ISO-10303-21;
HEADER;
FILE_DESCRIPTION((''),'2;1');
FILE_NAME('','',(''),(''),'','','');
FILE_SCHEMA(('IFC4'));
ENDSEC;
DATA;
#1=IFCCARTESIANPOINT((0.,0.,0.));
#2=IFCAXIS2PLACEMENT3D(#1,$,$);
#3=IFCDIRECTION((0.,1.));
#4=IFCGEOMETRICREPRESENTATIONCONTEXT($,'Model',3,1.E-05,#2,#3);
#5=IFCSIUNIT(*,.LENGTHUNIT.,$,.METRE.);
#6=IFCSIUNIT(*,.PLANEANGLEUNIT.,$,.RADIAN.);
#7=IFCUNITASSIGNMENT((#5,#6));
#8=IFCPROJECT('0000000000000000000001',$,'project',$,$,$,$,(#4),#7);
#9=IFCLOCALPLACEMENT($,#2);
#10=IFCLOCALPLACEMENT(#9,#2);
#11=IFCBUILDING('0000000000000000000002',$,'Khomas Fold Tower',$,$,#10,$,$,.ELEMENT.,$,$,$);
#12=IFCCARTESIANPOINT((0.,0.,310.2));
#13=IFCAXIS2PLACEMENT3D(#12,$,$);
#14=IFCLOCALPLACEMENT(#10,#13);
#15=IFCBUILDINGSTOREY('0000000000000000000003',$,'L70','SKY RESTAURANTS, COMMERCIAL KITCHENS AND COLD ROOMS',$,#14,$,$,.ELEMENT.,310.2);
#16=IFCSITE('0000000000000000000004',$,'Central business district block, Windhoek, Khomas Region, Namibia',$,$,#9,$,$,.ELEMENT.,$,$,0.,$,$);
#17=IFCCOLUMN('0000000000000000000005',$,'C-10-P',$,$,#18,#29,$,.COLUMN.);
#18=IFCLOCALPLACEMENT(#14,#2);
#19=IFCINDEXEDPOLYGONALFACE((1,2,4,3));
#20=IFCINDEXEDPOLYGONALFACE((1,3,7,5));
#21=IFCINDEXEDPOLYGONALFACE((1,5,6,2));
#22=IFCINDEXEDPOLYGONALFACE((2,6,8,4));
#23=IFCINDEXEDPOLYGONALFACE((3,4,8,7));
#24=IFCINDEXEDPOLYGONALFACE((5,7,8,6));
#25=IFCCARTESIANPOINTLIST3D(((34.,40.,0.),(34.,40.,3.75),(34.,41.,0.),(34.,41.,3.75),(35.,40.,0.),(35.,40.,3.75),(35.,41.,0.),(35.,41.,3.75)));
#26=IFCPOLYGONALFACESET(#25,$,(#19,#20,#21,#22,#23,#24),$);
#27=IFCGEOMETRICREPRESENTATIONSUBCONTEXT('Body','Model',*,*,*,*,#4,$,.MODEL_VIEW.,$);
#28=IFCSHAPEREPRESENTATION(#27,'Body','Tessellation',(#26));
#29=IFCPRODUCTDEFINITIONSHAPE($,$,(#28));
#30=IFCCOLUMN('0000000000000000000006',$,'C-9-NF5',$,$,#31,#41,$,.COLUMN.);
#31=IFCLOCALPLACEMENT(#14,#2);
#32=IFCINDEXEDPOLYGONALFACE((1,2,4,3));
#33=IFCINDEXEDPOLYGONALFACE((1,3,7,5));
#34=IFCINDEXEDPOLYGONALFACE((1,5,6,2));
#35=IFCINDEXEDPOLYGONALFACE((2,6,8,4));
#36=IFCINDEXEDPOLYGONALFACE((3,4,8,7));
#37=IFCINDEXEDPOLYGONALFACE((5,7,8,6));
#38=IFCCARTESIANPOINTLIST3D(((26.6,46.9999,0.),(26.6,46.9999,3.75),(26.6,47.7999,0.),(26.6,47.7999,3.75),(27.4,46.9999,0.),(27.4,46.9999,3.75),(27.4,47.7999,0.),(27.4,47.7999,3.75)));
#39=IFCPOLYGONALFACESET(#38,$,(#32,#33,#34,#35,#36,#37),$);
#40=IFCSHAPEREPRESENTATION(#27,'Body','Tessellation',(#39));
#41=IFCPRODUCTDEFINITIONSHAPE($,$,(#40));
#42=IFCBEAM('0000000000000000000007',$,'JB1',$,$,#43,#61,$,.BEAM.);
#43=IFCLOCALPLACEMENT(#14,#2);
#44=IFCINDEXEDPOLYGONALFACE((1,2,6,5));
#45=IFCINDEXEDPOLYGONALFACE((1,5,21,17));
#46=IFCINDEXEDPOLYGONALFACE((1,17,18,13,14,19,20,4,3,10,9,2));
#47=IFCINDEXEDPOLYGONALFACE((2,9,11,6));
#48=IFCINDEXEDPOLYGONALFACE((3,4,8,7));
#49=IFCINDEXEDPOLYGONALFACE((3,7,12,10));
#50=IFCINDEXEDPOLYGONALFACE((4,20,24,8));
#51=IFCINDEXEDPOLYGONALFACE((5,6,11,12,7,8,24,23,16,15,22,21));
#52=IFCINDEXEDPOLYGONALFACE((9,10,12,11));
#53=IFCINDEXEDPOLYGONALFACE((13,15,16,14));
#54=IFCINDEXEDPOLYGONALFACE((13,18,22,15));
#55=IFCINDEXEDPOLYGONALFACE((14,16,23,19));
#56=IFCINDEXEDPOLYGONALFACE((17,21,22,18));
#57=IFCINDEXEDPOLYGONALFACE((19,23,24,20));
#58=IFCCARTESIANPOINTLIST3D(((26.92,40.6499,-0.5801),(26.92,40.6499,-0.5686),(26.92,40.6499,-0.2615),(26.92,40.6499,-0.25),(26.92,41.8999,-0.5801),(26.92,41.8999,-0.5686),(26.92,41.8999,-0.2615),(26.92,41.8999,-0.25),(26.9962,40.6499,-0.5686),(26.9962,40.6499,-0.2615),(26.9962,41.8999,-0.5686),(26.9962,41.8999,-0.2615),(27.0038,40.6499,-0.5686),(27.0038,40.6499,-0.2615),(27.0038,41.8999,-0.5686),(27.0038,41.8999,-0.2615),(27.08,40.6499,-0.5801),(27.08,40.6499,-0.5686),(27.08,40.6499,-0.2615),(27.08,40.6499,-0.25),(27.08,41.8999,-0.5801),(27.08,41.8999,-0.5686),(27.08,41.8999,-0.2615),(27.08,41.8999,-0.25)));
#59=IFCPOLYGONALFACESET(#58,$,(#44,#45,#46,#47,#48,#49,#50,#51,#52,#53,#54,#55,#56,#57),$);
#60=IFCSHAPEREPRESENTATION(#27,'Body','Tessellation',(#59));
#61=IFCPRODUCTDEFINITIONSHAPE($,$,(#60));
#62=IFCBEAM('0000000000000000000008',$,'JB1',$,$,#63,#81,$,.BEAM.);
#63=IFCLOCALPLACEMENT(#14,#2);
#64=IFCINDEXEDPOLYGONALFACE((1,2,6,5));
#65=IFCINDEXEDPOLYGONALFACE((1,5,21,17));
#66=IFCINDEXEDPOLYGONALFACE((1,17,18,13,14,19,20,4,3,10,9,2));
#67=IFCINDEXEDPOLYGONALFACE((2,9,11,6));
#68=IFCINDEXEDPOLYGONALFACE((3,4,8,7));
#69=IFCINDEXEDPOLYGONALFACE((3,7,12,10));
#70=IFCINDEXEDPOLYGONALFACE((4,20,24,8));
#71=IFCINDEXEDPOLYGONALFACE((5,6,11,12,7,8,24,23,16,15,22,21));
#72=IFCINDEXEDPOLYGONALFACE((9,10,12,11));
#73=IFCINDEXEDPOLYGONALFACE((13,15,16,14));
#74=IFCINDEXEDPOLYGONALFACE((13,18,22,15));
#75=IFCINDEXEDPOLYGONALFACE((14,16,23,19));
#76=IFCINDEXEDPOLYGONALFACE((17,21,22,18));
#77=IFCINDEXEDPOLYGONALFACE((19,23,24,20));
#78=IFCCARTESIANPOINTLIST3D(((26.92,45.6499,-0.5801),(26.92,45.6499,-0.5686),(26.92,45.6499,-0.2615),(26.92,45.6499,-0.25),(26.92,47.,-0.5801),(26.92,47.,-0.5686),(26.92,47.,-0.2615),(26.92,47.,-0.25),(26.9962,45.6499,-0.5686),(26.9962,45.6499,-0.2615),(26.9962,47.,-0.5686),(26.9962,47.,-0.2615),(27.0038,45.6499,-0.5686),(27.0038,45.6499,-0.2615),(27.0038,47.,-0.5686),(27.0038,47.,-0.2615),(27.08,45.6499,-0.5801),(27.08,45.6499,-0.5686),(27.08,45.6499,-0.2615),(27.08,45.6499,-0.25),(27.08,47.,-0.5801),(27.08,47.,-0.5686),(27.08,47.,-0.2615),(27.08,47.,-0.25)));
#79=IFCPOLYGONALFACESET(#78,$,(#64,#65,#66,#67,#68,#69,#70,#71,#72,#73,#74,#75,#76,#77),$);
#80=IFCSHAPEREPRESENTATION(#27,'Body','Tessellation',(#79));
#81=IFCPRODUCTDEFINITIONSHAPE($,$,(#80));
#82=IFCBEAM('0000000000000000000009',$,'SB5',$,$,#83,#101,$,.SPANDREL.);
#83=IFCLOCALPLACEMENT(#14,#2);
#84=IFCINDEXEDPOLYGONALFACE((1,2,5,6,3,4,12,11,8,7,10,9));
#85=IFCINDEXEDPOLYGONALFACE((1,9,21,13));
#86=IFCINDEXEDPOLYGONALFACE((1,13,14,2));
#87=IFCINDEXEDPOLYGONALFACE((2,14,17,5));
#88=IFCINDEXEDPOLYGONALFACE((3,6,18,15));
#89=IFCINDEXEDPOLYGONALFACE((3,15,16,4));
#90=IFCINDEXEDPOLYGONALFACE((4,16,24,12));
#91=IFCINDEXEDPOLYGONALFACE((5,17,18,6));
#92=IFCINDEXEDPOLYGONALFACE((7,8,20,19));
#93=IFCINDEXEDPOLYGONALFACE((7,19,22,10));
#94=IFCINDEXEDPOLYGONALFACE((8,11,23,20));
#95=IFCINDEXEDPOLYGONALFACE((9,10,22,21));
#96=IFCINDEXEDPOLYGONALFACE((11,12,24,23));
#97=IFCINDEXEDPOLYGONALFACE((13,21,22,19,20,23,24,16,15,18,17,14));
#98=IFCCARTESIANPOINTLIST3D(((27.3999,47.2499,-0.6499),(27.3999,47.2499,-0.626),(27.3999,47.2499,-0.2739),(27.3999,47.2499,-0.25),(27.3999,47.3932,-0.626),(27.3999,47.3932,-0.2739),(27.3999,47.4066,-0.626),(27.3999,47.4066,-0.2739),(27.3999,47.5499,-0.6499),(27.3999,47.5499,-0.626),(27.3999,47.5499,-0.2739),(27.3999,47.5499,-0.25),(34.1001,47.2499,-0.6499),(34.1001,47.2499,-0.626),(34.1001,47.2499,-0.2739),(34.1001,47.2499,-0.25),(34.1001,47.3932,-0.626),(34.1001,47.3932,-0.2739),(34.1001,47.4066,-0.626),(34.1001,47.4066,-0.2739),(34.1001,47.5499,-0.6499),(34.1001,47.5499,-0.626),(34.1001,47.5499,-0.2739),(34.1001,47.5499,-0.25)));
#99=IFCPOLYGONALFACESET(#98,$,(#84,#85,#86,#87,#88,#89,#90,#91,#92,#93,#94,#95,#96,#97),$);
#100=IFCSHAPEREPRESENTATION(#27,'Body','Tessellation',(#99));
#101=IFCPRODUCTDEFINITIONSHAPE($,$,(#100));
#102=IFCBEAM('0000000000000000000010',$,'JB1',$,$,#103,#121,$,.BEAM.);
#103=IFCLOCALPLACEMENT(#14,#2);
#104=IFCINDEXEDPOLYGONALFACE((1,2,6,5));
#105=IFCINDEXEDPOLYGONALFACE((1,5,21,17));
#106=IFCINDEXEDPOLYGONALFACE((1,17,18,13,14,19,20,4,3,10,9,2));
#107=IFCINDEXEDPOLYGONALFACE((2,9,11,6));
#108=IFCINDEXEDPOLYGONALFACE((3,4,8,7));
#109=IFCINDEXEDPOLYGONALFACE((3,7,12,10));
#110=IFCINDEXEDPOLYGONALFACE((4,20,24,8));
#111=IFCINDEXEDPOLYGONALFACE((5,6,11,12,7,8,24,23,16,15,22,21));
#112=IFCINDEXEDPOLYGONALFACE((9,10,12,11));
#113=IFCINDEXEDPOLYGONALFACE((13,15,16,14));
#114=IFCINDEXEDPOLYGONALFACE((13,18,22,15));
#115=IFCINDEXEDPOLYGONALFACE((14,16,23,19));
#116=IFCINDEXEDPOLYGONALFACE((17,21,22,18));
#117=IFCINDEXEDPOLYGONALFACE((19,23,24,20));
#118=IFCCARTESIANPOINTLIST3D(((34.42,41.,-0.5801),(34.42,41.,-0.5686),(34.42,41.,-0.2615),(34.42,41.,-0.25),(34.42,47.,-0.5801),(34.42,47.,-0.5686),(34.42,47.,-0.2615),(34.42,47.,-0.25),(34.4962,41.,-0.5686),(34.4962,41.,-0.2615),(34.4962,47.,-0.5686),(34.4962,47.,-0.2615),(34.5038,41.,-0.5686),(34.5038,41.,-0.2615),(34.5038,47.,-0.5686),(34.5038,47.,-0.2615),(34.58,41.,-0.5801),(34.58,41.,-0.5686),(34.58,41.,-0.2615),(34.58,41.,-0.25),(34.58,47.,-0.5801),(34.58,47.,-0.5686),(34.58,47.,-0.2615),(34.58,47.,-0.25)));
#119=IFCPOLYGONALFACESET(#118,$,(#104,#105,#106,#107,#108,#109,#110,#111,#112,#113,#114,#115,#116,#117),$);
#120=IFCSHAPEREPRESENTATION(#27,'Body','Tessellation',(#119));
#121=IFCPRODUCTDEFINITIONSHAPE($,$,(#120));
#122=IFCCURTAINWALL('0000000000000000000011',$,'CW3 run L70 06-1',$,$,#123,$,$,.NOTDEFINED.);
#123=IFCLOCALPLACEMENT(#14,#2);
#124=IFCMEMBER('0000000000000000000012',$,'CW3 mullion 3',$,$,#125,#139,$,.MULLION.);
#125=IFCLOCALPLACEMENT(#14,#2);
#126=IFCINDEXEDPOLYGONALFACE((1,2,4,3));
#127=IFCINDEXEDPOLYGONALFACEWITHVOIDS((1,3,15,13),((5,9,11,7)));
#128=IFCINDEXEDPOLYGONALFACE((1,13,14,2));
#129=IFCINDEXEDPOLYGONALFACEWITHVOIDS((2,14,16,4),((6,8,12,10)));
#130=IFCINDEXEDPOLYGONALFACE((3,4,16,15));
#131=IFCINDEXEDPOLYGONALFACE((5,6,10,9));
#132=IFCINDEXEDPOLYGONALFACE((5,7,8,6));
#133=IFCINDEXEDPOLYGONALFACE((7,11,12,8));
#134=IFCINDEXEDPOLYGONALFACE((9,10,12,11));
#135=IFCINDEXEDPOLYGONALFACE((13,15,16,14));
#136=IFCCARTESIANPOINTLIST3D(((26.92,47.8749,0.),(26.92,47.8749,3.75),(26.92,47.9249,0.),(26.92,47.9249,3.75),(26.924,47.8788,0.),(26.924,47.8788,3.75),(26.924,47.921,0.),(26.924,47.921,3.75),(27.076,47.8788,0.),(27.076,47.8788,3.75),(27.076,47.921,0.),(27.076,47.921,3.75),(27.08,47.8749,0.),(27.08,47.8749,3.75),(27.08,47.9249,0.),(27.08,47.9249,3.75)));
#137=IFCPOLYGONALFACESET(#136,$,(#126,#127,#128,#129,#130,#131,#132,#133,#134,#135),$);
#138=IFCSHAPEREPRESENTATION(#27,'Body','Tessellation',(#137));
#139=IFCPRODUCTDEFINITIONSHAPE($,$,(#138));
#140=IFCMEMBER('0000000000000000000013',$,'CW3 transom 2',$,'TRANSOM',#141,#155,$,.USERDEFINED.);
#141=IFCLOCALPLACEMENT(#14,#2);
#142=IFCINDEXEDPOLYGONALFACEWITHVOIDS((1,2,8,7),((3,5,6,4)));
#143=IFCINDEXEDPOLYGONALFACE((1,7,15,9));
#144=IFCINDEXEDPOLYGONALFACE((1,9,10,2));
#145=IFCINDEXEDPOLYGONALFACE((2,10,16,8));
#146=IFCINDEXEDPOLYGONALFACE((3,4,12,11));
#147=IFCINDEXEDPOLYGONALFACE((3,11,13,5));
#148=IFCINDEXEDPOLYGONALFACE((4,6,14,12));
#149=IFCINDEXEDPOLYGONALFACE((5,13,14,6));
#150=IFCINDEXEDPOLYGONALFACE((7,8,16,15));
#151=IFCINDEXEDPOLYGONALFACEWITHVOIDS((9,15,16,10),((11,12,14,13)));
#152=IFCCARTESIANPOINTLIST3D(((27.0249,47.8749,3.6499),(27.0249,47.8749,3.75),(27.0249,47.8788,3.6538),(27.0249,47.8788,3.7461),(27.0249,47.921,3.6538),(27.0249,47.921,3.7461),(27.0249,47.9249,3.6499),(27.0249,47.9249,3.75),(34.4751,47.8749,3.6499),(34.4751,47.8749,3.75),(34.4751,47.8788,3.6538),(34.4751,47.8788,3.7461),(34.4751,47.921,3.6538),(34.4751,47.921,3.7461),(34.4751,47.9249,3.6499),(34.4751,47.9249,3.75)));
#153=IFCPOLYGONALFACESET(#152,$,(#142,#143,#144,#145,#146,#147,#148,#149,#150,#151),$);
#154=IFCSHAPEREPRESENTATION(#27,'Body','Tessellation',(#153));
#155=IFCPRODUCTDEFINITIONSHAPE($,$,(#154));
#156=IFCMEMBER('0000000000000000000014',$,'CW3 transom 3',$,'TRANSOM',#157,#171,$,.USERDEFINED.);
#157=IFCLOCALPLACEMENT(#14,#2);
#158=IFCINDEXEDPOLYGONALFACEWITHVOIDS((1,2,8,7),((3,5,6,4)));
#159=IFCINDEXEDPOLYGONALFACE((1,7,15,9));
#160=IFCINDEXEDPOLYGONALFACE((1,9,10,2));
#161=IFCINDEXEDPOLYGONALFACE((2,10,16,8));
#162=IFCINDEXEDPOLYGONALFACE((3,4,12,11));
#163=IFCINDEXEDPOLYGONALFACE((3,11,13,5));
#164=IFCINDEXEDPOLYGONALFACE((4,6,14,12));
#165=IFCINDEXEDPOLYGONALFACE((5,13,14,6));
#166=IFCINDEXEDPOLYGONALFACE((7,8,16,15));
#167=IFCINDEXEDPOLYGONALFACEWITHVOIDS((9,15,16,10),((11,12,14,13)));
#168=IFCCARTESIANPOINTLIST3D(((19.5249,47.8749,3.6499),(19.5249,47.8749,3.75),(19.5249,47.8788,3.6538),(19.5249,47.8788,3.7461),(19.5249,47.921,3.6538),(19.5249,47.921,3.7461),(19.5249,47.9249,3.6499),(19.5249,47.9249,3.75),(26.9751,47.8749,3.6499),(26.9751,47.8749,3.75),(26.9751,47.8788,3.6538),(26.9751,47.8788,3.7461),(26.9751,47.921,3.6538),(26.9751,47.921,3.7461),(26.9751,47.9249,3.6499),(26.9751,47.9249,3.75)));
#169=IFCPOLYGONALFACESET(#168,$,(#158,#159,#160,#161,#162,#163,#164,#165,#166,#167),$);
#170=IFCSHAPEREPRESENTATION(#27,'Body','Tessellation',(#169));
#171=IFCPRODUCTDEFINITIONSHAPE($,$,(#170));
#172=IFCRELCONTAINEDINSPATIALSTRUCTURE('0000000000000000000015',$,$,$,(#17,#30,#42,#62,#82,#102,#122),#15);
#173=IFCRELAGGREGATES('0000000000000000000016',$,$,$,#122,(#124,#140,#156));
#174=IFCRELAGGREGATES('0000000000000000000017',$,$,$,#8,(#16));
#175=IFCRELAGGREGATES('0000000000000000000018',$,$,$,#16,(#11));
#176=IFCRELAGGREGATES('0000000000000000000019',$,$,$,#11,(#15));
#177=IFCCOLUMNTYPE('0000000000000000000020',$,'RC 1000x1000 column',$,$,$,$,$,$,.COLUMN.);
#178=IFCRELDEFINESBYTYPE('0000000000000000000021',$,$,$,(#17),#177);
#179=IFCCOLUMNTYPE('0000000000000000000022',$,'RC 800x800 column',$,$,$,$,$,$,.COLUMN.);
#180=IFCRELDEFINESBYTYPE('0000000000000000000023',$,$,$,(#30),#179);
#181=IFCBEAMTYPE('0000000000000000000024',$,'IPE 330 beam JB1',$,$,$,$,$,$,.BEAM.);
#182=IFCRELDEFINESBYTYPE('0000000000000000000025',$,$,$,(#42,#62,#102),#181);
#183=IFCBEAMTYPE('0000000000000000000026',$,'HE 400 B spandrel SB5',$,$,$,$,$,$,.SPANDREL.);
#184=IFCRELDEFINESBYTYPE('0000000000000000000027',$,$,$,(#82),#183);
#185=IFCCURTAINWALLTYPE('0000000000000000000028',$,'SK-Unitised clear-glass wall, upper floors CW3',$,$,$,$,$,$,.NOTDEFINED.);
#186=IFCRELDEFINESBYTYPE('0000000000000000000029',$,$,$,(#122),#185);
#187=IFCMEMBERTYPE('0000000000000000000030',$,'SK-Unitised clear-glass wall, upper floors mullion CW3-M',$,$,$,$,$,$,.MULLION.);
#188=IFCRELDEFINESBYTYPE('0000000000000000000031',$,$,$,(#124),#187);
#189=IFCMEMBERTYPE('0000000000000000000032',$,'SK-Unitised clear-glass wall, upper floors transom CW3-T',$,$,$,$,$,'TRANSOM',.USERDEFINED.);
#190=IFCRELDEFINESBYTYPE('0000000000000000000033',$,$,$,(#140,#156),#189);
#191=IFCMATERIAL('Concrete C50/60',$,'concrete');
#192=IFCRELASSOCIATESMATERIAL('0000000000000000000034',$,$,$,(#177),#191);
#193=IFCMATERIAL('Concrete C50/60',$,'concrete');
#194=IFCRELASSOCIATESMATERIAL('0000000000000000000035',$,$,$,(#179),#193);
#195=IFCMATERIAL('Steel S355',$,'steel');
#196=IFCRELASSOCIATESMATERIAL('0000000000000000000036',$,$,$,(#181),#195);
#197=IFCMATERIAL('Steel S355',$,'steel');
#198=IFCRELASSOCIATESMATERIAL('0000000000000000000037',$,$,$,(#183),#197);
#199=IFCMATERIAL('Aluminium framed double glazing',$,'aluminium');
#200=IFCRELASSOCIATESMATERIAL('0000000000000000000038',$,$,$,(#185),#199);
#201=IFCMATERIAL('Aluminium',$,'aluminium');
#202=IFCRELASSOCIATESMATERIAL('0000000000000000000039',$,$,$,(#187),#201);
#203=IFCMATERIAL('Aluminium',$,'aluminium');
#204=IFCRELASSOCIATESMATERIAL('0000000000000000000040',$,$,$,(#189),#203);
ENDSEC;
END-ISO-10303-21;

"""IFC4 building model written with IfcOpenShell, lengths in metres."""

from ifc_helpers import new_model, si_unit, direction, frame, origin, origin_2d, place, context, subcontext, project, spatial, rectangle, hollow_rectangle, i_section, extrude, source, transform, mapped, material, material_profile, profile_set, type_object, element, aggregate, save


model = new_model("IFC4")

# Units and contexts
model_context = context("Model", 3, precision=1e-05, world=origin(), true_north=direction((0.0, 1.0)))
body_context = subcontext(model_context, "Body", "Model", "MODEL_VIEW")
ifc_project = project(units=[si_unit("LENGTHUNIT", "METRE"), si_unit("PLANEANGLEUNIT", "RADIAN")], contexts=[model_context])

# Site, building, storey
site_placement = place(None, origin())
site = spatial("IfcSite", under=ifc_project, at=site_placement, Name="Central business district block, Windhoek, Khomas Region, Namibia", CompositionType="ELEMENT", RefElevation=0.0)
building_placement = place(site_placement, origin())
building = spatial("IfcBuilding", under=site, at=building_placement, Name="Khomas Fold Tower", CompositionType="ELEMENT")
storey_placement = place(building_placement, frame((0.0, 0.0, 310.2)))
storey = spatial("IfcBuildingStorey", under=building, at=storey_placement, Name="L70", Description="SKY RESTAURANTS, COMMERCIAL KITCHENS AND COLD ROOMS", CompositionType="ELEMENT", Elevation=310.2)

# Columns
ifc_material_1 = material(Name="Concrete C50/60", Category="concrete")
ifc_material_profile_1 = material_profile(ifc_material_1, rectangle(XDim=1.0, YDim=1.0, at=origin_2d()), Name="RC 1000x1000")
ifc_profile_set_1 = profile_set([ifc_material_profile_1], Name="Concrete C50/60")
column_type_1 = type_object("IfcColumnType", Name="RC 1000x1000 column", PredefinedType="COLUMN", material=ifc_profile_set_1)
shared_shape_1 = source(origin(), body_context, "Body", "SweptSolid", [
    extrude(rectangle(XDim=1.0, YDim=1.0, at=origin_2d()), origin(), (0.0, 0.0, 1.0), 3.75),
])
column_1_placement = place(storey_placement, frame((34.5, 40.5, 0.0), z_axis=(0.0, 0.0, 1.0), x_axis=(1.0, 0.0, 0.0)))
element("IfcColumn", 1, at=column_1_placement, inside=storey, type_object=column_type_1, Name="C-10-P", PredefinedType="COLUMN", context=body_context, shape_type="MappedRepresentation", body=[
    mapped(shared_shape_1, transform((0.0, 0.0, 0.0))),
])
ifc_material_2 = material(Name="Concrete C50/60", Category="concrete")
ifc_material_profile_2 = material_profile(ifc_material_2, rectangle(XDim=0.8, YDim=0.8, at=origin_2d()), Name="RC 800x800")
ifc_profile_set_2 = profile_set([ifc_material_profile_2], Name="Concrete C50/60")
column_type_2 = type_object("IfcColumnType", Name="RC 800x800 column", PredefinedType="COLUMN", material=ifc_profile_set_2)
shared_shape_2 = source(origin(), body_context, "Body", "SweptSolid", [
    extrude(rectangle(XDim=0.8, YDim=0.8, at=origin_2d()), origin(), (0.0, 0.0, 1.0), 3.75),
])
column_2_placement = place(storey_placement, frame((27.0, 47.3999, 0.0), z_axis=(0.0, 0.0, 1.0), x_axis=(1.0, 0.0, 0.0)))
element("IfcColumn", 2, at=column_2_placement, inside=storey, type_object=column_type_2, Name="C-9-NF5", PredefinedType="COLUMN", context=body_context, shape_type="MappedRepresentation", body=[
    mapped(shared_shape_2, transform((0.0, 0.0, 0.0))),
])

# Beams
ifc_material_3 = material(Name="Steel S355", Category="steel")
ifc_material_profile_3 = material_profile(ifc_material_3, i_section(OverallWidth=0.1599, OverallDepth=0.3301, WebThickness=0.0076, FlangeThickness=0.0115, at=origin_2d()), Name="IPE 330")
ifc_profile_set_3 = profile_set([ifc_material_profile_3], Name="Steel S355")
beam_type_1 = type_object("IfcBeamType", Name="IPE 330 beam JB1", PredefinedType="BEAM", material=ifc_profile_set_3)
shared_shape_3 = source(origin(), body_context, "Body", "SweptSolid", [
    extrude(i_section(OverallWidth=0.1599, OverallDepth=0.3301, WebThickness=0.0076, FlangeThickness=0.0115, at=origin_2d()), origin(), (0.0, 0.0, 1.0), 1.25),
])
beam_1_placement = place(storey_placement, frame((27.0, 40.6499, -0.415), z_axis=(0.0, 1.0, 0.0), x_axis=(-1.0, 0.0, 0.0)))
element("IfcBeam", 3, at=beam_1_placement, inside=storey, type_object=beam_type_1, Name="JB1", PredefinedType="BEAM", context=body_context, shape_type="MappedRepresentation", body=[
    mapped(shared_shape_3, transform((0.0, 0.0, 0.0))),
])
shared_shape_4 = source(origin(), body_context, "Body", "SweptSolid", [
    extrude(i_section(OverallWidth=0.1599, OverallDepth=0.3301, WebThickness=0.0076, FlangeThickness=0.0115, at=origin_2d()), origin(), (0.0, 0.0, 1.0), 1.3501),
])
beam_2_placement = place(storey_placement, frame((27.0, 45.6499, -0.415), z_axis=(0.0, 1.0, 0.0), x_axis=(-1.0, 0.0, 0.0)))
element("IfcBeam", 4, at=beam_2_placement, inside=storey, type_object=beam_type_1, Name="JB1", PredefinedType="BEAM", context=body_context, shape_type="MappedRepresentation", body=[
    mapped(shared_shape_4, transform((0.0, 0.0, 0.0))),
])
ifc_material_4 = material(Name="Steel S355", Category="steel")
ifc_material_profile_4 = material_profile(ifc_material_4, i_section(OverallWidth=0.3, OverallDepth=0.3999, WebThickness=0.0134, FlangeThickness=0.0239, at=origin_2d()), Name="HE 400 B")
ifc_profile_set_4 = profile_set([ifc_material_profile_4], Name="Steel S355")
beam_type_2 = type_object("IfcBeamType", Name="HE 400 B spandrel SB5", PredefinedType="SPANDREL", material=ifc_profile_set_4)
shared_shape_5 = source(origin(), body_context, "Body", "SweptSolid", [
    extrude(i_section(OverallWidth=0.3, OverallDepth=0.3999, WebThickness=0.0134, FlangeThickness=0.0239, at=origin_2d()), origin(), (0.0, 0.0, 1.0), 6.7002),
])
beam_3_placement = place(storey_placement, frame((27.3999, 47.3999, -0.45), z_axis=(1.0, 0.0, 0.0), x_axis=(0.0, 1.0, 0.0)))
element("IfcBeam", 5, at=beam_3_placement, inside=storey, type_object=beam_type_2, Name="SB5", PredefinedType="SPANDREL", context=body_context, shape_type="MappedRepresentation", body=[
    mapped(shared_shape_5, transform((0.0, 0.0, 0.0))),
])
shared_shape_6 = source(origin(), body_context, "Body", "SweptSolid", [
    extrude(i_section(OverallWidth=0.1599, OverallDepth=0.3301, WebThickness=0.0076, FlangeThickness=0.0115, at=origin_2d()), origin(), (0.0, 0.0, 1.0), 6.0),
])
beam_4_placement = place(storey_placement, frame((34.5, 41.0, -0.415), z_axis=(0.0, 1.0, 0.0), x_axis=(-1.0, 0.0, 0.0)))
element("IfcBeam", 6, at=beam_4_placement, inside=storey, type_object=beam_type_1, Name="JB1", PredefinedType="BEAM", context=body_context, shape_type="MappedRepresentation", body=[
    mapped(shared_shape_6, transform((0.0, 0.0, 0.0))),
])

# Curtain wall, members
ifc_material_5 = material(Name="Aluminium framed double glazing", Category="aluminium")
curtain_wall_type = type_object("IfcCurtainWallType", Name="SK-Unitised clear-glass wall, upper floors CW3", PredefinedType="NOTDEFINED", material=ifc_material_5)
curtain_wall_placement = place(storey_placement, origin())
curtain_wall = element("IfcCurtainWall", 7, at=curtain_wall_placement, inside=storey, type_object=curtain_wall_type, Name="CW3 run L70 06-1", PredefinedType="NOTDEFINED")
ifc_material_6 = material(Name="Aluminium", Category="aluminium")
ifc_material_profile_5 = material_profile(ifc_material_6, hollow_rectangle(XDim=0.05, YDim=0.1599, WallThickness=0.0039, at=origin_2d()), Name="SK-Unitised clear-glass wall, upper floors mullion CW3-M")
ifc_profile_set_5 = profile_set([ifc_material_profile_5], Name="Aluminium")
member_type_1 = type_object("IfcMemberType", Name="SK-Unitised clear-glass wall, upper floors mullion CW3-M", PredefinedType="MULLION", material=ifc_profile_set_5)
shared_shape_7 = source(origin(), body_context, "Body", "SweptSolid", [
    extrude(hollow_rectangle(XDim=0.05, YDim=0.1599, WallThickness=0.0039, at=origin_2d()), origin(), (0.0, 0.0, 1.0), 3.75),
])
member_1_placement = place(storey_placement, frame((27.0, 47.8999, 0.0), z_axis=(0.0, 0.0, 1.0), x_axis=(0.0, -1.0, 0.0)))
member_1 = element("IfcMember", 8, at=member_1_placement, type_object=member_type_1, Name="CW3 mullion 3", PredefinedType="MULLION", context=body_context, shape_type="MappedRepresentation", body=[
    mapped(shared_shape_7, transform((0.0, 0.0, 0.0))),
])
ifc_material_7 = material(Name="Aluminium", Category="aluminium")
ifc_material_profile_6 = material_profile(ifc_material_7, hollow_rectangle(XDim=0.05, YDim=0.1001, WallThickness=0.0039, at=origin_2d()), Name="SK-Unitised clear-glass wall, upper floors transom CW3-T")
ifc_profile_set_6 = profile_set([ifc_material_profile_6], Name="Aluminium")
member_type_2 = type_object("IfcMemberType", Name="SK-Unitised clear-glass wall, upper floors transom CW3-T", ElementType="TRANSOM", PredefinedType="USERDEFINED", material=ifc_profile_set_6)
shared_shape_8 = source(origin(), body_context, "Body", "SweptSolid", [
    extrude(hollow_rectangle(XDim=0.05, YDim=0.1001, WallThickness=0.0039, at=origin_2d()), origin(), (0.0, 0.0, 1.0), 7.4502),
])
member_2_placement = place(storey_placement, frame((34.4751, 47.8999, 3.7), z_axis=(-1.0, 0.0, 0.0), x_axis=(0.0, -1.0, 0.0)))
member_2 = element("IfcMember", 9, at=member_2_placement, type_object=member_type_2, Name="CW3 transom 2", ObjectType="TRANSOM", PredefinedType="USERDEFINED", context=body_context, shape_type="MappedRepresentation", body=[
    mapped(shared_shape_8, transform((0.0, 0.0, 0.0))),
])
member_3_placement = place(storey_placement, frame((26.9751, 47.8999, 3.7), z_axis=(-1.0, 0.0, 0.0), x_axis=(0.0, -1.0, 0.0)))
member_3 = element("IfcMember", 10, at=member_3_placement, type_object=member_type_2, Name="CW3 transom 3", ObjectType="TRANSOM", PredefinedType="USERDEFINED", context=body_context, shape_type="MappedRepresentation", body=[
    mapped(shared_shape_8, transform((0.0, 0.0, 0.0))),
])
aggregate(curtain_wall, [member_1, member_2, member_3])

save(model, "model.ifc")
